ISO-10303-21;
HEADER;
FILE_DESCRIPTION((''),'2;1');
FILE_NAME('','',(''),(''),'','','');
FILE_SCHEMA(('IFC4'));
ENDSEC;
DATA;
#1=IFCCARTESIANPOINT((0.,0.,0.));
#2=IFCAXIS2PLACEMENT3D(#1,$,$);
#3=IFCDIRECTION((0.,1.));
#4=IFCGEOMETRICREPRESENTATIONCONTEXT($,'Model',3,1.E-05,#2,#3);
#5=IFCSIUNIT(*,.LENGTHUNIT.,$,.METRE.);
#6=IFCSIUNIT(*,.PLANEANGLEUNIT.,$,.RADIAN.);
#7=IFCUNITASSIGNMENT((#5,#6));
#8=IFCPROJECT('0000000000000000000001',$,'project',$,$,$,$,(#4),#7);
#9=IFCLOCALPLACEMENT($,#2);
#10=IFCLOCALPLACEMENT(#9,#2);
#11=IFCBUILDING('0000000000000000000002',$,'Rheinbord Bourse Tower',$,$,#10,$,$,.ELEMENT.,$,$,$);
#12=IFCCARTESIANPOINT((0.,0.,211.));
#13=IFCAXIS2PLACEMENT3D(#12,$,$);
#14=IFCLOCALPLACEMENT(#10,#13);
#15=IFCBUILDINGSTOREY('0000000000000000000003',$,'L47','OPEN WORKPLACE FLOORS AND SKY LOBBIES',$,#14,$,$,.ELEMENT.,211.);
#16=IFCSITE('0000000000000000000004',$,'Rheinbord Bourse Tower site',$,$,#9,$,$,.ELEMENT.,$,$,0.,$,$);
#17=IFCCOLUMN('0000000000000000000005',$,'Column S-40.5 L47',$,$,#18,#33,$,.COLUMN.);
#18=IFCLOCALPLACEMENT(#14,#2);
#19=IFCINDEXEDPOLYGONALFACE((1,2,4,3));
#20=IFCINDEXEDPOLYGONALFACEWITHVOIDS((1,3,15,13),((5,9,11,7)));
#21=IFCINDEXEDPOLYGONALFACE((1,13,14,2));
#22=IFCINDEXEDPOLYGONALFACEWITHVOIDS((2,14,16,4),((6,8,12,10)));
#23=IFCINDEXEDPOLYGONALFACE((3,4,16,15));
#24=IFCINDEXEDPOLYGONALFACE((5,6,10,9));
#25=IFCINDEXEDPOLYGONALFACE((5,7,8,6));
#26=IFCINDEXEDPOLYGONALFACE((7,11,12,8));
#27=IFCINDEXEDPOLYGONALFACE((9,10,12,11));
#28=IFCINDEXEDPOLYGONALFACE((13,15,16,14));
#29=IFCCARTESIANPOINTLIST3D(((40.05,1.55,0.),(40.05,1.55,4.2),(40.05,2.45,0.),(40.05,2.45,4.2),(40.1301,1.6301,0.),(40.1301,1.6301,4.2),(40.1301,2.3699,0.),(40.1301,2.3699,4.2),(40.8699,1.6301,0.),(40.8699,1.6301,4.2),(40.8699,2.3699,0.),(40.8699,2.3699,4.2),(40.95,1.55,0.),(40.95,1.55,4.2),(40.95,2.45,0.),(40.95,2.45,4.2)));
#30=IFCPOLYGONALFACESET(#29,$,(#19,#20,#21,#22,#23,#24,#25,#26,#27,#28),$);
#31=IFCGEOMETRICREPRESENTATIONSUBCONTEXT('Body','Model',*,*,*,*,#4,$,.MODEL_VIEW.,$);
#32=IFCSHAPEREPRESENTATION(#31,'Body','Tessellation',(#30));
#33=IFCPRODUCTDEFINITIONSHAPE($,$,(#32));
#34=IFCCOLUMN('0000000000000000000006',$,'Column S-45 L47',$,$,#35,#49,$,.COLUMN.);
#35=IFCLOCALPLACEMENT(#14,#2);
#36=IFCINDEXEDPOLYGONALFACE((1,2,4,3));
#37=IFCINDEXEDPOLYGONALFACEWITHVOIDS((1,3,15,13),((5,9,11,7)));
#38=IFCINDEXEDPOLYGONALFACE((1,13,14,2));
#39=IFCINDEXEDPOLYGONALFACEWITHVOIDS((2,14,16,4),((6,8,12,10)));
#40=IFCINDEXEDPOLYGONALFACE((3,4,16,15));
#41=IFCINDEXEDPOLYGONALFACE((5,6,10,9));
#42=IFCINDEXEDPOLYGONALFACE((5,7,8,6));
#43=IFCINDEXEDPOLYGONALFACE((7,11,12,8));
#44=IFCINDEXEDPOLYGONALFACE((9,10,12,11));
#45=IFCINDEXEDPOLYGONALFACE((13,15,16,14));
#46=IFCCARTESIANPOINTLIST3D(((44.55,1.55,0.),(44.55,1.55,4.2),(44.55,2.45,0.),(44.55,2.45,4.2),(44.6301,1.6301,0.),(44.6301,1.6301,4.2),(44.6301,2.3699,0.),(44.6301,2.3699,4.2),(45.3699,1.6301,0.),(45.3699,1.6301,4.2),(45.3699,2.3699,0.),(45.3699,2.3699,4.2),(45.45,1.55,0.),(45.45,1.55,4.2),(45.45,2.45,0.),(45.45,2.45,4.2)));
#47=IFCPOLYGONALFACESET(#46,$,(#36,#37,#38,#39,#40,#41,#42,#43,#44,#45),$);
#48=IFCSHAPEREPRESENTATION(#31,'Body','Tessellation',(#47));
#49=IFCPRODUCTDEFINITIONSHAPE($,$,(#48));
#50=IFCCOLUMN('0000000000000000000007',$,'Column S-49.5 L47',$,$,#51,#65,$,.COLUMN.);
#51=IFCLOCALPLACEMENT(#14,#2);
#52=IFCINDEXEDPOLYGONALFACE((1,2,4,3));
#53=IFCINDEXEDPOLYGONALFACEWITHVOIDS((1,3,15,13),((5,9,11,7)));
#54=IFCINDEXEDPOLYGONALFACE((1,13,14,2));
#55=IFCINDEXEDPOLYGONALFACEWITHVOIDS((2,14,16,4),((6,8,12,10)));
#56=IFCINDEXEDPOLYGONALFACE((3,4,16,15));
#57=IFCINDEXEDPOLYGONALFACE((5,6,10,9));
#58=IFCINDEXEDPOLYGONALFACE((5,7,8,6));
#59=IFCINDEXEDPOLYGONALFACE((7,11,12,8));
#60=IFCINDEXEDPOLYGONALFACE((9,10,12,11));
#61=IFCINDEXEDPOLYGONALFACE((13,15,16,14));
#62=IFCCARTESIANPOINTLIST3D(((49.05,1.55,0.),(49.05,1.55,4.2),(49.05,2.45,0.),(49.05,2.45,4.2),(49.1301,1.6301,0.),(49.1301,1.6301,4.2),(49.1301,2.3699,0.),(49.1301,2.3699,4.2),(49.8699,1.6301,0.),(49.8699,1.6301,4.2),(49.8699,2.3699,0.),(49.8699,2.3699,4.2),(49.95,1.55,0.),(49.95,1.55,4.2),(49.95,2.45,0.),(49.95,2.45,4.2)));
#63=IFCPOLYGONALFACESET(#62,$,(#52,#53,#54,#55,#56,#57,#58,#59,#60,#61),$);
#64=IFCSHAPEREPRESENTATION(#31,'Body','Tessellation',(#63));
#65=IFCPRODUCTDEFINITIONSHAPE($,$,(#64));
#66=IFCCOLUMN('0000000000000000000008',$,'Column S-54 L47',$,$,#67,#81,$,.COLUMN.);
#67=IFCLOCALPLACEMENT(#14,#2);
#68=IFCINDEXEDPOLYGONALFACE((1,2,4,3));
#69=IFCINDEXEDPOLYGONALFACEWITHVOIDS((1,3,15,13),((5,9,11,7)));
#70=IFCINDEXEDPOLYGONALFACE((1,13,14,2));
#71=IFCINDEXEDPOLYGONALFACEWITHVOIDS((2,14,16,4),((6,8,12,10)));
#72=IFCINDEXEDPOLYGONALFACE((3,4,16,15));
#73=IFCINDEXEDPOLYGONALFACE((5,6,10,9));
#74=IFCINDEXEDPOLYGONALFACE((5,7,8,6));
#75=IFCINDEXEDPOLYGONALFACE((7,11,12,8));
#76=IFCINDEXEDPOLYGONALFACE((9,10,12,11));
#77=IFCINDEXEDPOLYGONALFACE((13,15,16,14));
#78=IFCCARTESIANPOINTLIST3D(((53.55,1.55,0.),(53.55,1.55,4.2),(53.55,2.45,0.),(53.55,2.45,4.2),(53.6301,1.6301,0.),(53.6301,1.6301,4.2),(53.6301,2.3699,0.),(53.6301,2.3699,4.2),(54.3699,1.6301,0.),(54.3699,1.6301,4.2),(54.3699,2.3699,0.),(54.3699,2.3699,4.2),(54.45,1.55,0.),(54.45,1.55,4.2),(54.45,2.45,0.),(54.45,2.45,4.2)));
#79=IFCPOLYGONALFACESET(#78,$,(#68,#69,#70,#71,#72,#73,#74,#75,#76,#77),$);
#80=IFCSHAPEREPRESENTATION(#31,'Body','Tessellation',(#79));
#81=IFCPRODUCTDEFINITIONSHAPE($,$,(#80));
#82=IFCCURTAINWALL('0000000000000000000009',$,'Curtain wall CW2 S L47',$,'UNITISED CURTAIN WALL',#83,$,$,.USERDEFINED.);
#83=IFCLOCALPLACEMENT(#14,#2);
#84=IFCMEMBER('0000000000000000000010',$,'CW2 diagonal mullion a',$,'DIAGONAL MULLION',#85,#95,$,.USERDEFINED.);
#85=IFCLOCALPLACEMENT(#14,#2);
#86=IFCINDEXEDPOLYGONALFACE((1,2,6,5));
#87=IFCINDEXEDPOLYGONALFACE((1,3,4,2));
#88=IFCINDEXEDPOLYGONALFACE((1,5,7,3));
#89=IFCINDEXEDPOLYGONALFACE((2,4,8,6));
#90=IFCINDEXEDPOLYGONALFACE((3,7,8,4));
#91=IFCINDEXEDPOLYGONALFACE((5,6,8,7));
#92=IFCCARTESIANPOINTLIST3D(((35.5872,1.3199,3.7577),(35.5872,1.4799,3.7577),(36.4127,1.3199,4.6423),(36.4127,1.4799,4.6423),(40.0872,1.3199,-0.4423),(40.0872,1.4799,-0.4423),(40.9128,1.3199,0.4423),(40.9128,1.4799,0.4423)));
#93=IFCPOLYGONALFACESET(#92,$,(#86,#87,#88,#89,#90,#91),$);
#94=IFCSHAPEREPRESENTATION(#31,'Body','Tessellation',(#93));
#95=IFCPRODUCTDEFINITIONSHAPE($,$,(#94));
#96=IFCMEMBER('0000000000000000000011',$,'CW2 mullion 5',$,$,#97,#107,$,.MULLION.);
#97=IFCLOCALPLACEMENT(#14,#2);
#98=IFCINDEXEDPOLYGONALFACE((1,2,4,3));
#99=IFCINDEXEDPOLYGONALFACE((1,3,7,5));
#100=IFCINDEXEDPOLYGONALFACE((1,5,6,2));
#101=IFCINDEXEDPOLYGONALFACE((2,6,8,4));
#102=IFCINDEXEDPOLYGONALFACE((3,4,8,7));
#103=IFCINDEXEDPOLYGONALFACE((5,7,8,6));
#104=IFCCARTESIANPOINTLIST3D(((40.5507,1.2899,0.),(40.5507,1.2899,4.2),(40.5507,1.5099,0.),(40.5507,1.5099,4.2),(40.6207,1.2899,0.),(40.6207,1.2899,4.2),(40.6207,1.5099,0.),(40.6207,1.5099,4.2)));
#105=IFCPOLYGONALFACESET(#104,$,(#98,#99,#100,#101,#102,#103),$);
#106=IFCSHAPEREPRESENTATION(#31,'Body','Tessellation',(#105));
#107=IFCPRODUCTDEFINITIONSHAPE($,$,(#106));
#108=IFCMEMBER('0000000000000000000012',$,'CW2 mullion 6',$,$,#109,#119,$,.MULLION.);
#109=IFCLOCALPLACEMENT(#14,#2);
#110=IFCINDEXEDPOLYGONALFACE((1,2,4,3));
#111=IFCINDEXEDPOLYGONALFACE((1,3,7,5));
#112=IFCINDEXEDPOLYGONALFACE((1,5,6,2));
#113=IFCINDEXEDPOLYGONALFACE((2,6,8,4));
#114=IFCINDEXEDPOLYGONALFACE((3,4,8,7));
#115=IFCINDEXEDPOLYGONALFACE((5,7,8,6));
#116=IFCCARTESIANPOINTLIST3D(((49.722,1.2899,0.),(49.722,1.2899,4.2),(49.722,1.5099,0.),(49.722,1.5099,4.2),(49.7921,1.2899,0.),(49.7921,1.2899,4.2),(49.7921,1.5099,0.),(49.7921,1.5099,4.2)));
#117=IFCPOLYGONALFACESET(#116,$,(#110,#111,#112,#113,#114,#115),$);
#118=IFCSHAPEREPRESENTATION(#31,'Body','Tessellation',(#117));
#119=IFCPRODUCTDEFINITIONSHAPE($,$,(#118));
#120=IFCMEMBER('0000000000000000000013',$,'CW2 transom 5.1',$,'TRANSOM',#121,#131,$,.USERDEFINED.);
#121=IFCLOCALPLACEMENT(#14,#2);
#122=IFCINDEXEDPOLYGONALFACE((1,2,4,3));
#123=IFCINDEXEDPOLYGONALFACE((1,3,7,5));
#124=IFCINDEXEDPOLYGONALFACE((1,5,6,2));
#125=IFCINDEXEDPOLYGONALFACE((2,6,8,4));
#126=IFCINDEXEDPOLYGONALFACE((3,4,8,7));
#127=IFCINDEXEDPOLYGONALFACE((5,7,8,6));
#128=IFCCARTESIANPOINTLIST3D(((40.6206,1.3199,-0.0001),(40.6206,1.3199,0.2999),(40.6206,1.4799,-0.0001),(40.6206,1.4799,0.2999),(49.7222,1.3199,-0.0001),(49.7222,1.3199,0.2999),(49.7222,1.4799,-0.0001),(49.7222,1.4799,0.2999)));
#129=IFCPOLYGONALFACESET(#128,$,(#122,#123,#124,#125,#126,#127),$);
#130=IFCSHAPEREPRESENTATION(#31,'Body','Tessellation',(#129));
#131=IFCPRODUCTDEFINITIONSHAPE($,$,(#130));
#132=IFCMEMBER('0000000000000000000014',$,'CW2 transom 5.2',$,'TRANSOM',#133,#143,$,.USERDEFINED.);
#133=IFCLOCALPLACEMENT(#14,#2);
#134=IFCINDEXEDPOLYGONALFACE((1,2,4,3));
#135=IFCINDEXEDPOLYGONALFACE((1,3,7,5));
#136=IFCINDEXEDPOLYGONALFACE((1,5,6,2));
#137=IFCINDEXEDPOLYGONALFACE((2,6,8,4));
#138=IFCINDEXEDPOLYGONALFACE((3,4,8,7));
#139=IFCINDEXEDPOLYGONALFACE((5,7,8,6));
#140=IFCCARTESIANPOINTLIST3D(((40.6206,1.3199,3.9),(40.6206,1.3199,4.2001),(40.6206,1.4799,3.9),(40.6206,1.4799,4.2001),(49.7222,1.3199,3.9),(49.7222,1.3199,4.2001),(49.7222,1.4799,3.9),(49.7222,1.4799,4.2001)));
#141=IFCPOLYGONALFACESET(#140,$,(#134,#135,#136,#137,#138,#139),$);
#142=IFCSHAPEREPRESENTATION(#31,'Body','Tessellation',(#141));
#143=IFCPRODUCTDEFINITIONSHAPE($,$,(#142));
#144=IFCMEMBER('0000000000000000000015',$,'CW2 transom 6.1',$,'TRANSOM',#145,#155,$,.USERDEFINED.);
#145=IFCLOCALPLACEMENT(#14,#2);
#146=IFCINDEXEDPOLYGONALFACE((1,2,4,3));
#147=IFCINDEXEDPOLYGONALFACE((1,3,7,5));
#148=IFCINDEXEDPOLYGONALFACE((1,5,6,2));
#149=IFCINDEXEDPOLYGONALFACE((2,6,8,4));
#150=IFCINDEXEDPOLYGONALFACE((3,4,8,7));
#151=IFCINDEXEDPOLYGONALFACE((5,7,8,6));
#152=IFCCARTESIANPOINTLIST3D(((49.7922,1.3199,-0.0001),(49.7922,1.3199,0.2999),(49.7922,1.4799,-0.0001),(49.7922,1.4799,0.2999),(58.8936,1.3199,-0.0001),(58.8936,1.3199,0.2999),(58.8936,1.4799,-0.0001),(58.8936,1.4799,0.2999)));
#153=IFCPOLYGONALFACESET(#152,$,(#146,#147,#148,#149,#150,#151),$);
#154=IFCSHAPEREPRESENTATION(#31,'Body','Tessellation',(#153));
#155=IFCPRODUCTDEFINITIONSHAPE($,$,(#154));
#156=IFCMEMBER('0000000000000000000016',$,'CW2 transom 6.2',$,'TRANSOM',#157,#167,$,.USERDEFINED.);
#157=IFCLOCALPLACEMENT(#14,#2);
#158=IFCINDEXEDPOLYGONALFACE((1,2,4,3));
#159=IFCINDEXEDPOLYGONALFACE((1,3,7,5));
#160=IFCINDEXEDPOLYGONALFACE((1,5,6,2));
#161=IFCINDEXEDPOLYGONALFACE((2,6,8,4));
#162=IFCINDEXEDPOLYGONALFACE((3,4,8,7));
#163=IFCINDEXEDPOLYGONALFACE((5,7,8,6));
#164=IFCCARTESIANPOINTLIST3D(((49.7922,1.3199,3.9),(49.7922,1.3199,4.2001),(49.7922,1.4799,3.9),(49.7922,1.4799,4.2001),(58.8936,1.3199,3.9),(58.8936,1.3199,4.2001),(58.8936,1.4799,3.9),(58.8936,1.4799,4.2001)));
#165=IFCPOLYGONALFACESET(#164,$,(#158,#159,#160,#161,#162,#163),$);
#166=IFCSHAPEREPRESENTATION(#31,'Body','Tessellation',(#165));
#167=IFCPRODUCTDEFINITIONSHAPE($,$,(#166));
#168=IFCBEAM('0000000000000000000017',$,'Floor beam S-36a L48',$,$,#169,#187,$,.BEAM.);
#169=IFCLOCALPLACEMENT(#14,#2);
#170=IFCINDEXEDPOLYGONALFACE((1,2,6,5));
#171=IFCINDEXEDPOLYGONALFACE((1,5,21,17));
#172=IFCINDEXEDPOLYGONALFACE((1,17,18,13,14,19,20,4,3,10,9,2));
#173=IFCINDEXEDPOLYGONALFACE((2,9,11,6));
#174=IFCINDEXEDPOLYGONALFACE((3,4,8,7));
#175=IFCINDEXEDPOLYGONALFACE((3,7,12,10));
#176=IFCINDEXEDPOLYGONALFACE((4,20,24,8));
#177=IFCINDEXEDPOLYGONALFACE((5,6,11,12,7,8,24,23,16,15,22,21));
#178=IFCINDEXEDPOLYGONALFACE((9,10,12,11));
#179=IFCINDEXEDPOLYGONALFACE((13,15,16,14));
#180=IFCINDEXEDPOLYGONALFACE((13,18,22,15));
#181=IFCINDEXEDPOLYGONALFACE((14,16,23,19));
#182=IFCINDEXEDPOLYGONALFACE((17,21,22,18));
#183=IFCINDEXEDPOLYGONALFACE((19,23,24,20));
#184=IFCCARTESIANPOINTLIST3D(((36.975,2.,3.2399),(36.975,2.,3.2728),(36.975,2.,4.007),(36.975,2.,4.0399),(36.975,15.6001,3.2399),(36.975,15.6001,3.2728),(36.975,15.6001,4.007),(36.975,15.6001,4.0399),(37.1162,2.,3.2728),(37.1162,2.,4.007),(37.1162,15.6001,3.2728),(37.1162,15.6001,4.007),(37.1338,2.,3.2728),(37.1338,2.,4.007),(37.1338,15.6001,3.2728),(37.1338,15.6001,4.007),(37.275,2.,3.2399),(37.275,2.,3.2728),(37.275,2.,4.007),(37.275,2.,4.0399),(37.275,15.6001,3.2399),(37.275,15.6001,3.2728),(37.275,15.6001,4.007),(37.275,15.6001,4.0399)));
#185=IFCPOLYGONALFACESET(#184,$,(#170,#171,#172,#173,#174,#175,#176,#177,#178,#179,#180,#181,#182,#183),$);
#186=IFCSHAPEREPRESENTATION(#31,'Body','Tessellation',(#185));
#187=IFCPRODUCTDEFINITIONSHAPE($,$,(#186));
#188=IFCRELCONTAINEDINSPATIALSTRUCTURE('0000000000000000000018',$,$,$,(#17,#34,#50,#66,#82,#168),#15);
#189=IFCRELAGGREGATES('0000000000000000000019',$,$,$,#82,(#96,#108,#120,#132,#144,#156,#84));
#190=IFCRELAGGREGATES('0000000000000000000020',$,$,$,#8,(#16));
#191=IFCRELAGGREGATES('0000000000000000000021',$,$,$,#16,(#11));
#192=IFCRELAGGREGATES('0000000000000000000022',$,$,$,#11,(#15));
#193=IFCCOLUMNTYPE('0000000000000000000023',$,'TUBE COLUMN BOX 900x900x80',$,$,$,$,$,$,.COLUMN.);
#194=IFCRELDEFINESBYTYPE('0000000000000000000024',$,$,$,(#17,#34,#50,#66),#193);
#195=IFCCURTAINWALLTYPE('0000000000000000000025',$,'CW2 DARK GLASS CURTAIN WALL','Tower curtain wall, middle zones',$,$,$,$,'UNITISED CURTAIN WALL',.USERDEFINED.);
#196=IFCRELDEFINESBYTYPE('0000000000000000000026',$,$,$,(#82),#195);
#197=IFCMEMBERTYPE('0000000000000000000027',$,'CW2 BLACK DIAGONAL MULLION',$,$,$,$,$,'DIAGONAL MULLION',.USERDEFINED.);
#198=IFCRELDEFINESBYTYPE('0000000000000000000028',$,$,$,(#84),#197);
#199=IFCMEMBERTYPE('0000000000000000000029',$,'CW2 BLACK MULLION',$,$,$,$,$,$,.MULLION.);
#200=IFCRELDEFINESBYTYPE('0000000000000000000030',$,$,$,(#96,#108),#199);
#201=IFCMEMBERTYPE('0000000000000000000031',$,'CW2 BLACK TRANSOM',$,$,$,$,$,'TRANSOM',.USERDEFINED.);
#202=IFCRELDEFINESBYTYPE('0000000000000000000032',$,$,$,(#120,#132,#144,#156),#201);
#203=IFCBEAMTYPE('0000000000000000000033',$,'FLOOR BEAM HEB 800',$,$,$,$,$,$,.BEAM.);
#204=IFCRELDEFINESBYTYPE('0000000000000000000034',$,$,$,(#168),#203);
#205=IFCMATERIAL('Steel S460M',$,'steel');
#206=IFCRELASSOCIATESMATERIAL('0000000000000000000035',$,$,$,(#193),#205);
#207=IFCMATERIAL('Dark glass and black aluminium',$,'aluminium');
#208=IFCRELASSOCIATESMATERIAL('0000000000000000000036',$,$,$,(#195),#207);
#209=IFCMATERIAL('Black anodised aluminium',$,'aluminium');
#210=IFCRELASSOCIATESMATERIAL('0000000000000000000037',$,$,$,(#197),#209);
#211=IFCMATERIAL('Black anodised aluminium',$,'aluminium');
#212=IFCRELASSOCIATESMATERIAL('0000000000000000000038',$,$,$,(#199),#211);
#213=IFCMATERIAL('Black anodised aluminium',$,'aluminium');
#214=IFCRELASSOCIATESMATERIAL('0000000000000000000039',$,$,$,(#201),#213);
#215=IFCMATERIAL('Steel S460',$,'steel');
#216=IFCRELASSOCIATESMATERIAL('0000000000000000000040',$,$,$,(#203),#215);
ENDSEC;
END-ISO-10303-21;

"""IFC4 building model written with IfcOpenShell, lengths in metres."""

from ifc_helpers import new_model, si_unit, direction, frame, origin, origin_2d, place, context, subcontext, project, spatial, rectangle, hollow_rectangle, i_section, extrude, material, material_profile, profile_set, type_object, element, aggregate, save


model = new_model("IFC4")

# Units and contexts
model_context = context("Model", 3, precision=1e-05, world=origin(), true_north=direction((0.0, 1.0)))
body_context = subcontext(model_context, "Body", "Model", "MODEL_VIEW")
ifc_project = project(units=[si_unit("LENGTHUNIT", "METRE"), si_unit("PLANEANGLEUNIT", "RADIAN")], contexts=[model_context])

# Site, building, storey
site_placement = place(None, origin())
site = spatial("IfcSite", under=ifc_project, at=site_placement, Name="Rheinbord Bourse Tower site", CompositionType="ELEMENT", RefElevation=0.0)
building_placement = place(site_placement, origin())
building = spatial("IfcBuilding", under=site, at=building_placement, Name="Rheinbord Bourse Tower", CompositionType="ELEMENT")
storey_placement = place(building_placement, frame((0.0, 0.0, 211.0)))
storey = spatial("IfcBuildingStorey", under=building, at=storey_placement, Name="L47", Description="OPEN WORKPLACE FLOORS AND SKY LOBBIES", CompositionType="ELEMENT", Elevation=211.0)

# Columns
ifc_material_1 = material(Name="Steel S460M", Category="steel")
ifc_material_profile_1 = material_profile(ifc_material_1, hollow_rectangle(XDim=0.8999, YDim=0.8999, WallThickness=0.0801, at=origin_2d()), Name="BOX 900x900x80")
ifc_profile_set_1 = profile_set([ifc_material_profile_1], Name="Steel S460M")
column_type = type_object("IfcColumnType", Name="TUBE COLUMN BOX 900x900x80", PredefinedType="COLUMN", material=ifc_profile_set_1)
for number, where, z_axis, x_axis, name in (
    (1, (40.5, 2.0, 0.0), (0.0, 0.0, 1.0), (0.0, 1.0, 0.0), "Column S-40.5 L47"),
    (2, (45.0, 2.0, 0.0), (0.0, 0.0, 1.0), (0.0, 1.0, 0.0), "Column S-45 L47"),
    (3, (49.5, 2.0, 0.0), (0.0, 0.0, 1.0), (0.0, 1.0, 0.0), "Column S-49.5 L47"),
    (4, (54.0, 2.0, 0.0), (0.0, 0.0, 1.0), (0.0, 1.0, 0.0), "Column S-54 L47"),
):
    element("IfcColumn", number, at=place(storey_placement, frame(where, z_axis=z_axis, x_axis=x_axis)), inside=storey, type_object=column_type, Name=name, PredefinedType="COLUMN", context=body_context, shape_type="SweptSolid", body=[
        extrude(hollow_rectangle(XDim=0.8999, YDim=0.8999, WallThickness=0.0801, at=origin_2d()), origin(), (0.0, 0.0, 1.0), 4.2),
    ])

# Curtain wall, members
ifc_material_2 = material(Name="Dark glass and black aluminium", Category="aluminium")
curtain_wall_type = type_object("IfcCurtainWallType", Name="CW2 DARK GLASS CURTAIN WALL", Description="Tower curtain wall, middle zones", ElementType="UNITISED CURTAIN WALL", PredefinedType="USERDEFINED", material=ifc_material_2)
curtain_wall_placement = place(storey_placement, origin())
curtain_wall = element("IfcCurtainWall", 5, at=curtain_wall_placement, inside=storey, type_object=curtain_wall_type, Name="Curtain wall CW2 S L47", ObjectType="UNITISED CURTAIN WALL", PredefinedType="USERDEFINED")
ifc_material_3 = material(Name="Black anodised aluminium", Category="aluminium")
ifc_material_profile_2 = material_profile(ifc_material_3, rectangle(XDim=0.1599, YDim=1.21, at=origin_2d()), Name="CW2 DIAGONAL MULLION 1210x160")
ifc_profile_set_2 = profile_set([ifc_material_profile_2], Name="Black anodised aluminium")
member_type_1 = type_object("IfcMemberType", Name="CW2 BLACK DIAGONAL MULLION", ElementType="DIAGONAL MULLION", PredefinedType="USERDEFINED", material=ifc_profile_set_2)
member_1_placement = place(storey_placement, frame((40.5, 1.3999, 0.0), z_axis=(-0.731059, 0.0, 0.682314), x_axis=(0.0, -1.0, 0.0)))
member_1 = element("IfcMember", 6, at=member_1_placement, type_object=member_type_1, Name="CW2 diagonal mullion a", ObjectType="DIAGONAL MULLION", PredefinedType="USERDEFINED", context=body_context, shape_type="SweptSolid", body=[
    extrude(rectangle(XDim=0.1599, YDim=1.21, at=origin_2d()), origin(), (0.0, 0.0, 1.0), 6.1555),
])
ifc_material_4 = material(Name="Black anodised aluminium", Category="aluminium")
ifc_material_profile_3 = material_profile(ifc_material_4, rectangle(XDim=0.22, YDim=0.0701, at=origin_2d()), Name="CW2 MULLION 70x220")
ifc_profile_set_3 = profile_set([ifc_material_profile_3], Name="Black anodised aluminium")
member_type_2 = type_object("IfcMemberType", Name="CW2 BLACK MULLION", PredefinedType="MULLION", material=ifc_profile_set_3)
member_2_placement = place(storey_placement, frame((40.5857, 1.3999, 0.0), z_axis=(0.0, 0.0, 1.0), x_axis=(0.0, 1.0, 0.0)))
member_2 = element("IfcMember", 7, at=member_2_placement, type_object=member_type_2, Name="CW2 mullion 5", PredefinedType="MULLION", context=body_context, shape_type="SweptSolid", body=[
    extrude(rectangle(XDim=0.22, YDim=0.0701, at=origin_2d()), origin(), (0.0, 0.0, 1.0), 4.2),
])
member_3_placement = place(storey_placement, frame((49.7571, 1.3999, 0.0), z_axis=(0.0, 0.0, 1.0), x_axis=(0.0, 1.0, 0.0)))
member_3 = element("IfcMember", 8, at=member_3_placement, type_object=member_type_2, Name="CW2 mullion 6", PredefinedType="MULLION", context=body_context, shape_type="SweptSolid", body=[
    extrude(rectangle(XDim=0.22, YDim=0.0701, at=origin_2d()), origin(), (0.0, 0.0, 1.0), 4.2),
])
ifc_material_5 = material(Name="Black anodised aluminium", Category="aluminium")
ifc_material_profile_4 = material_profile(ifc_material_5, rectangle(XDim=0.1599, YDim=0.3, at=origin_2d()), Name="CW2 TRANSOM 300x160")
ifc_profile_set_4 = profile_set([ifc_material_profile_4], Name="Black anodised aluminium")
member_type_3 = type_object("IfcMemberType", Name="CW2 BLACK TRANSOM", ElementType="TRANSOM", PredefinedType="USERDEFINED", material=ifc_profile_set_4)
member_4_placement = place(storey_placement, frame((40.6206, 1.3999, 0.1499), z_axis=(1.0, 0.0, 0.0), x_axis=(0.0, 1.0, 0.0)))
member_4 = element("IfcMember", 9, at=member_4_placement, type_object=member_type_3, Name="CW2 transom 5.1", ObjectType="TRANSOM", PredefinedType="USERDEFINED", context=body_context, shape_type="SweptSolid", body=[
    extrude(rectangle(XDim=0.1599, YDim=0.3, at=origin_2d()), origin(), (0.0, 0.0, 1.0), 9.1016),
])
member_5_placement = place(storey_placement, frame((40.6206, 1.3999, 4.05), z_axis=(1.0, 0.0, 0.0), x_axis=(0.0, 1.0, 0.0)))
member_5 = element("IfcMember", 10, at=member_5_placement, type_object=member_type_3, Name="CW2 transom 5.2", ObjectType="TRANSOM", PredefinedType="USERDEFINED", context=body_context, shape_type="SweptSolid", body=[
    extrude(rectangle(XDim=0.1599, YDim=0.3, at=origin_2d()), origin(), (0.0, 0.0, 1.0), 9.1016),
])
member_6_placement = place(storey_placement, frame((49.7922, 1.3999, 0.1499), z_axis=(1.0, 0.0, 0.0), x_axis=(0.0, 1.0, 0.0)))
member_6 = element("IfcMember", 11, at=member_6_placement, type_object=member_type_3, Name="CW2 transom 6.1", ObjectType="TRANSOM", PredefinedType="USERDEFINED", context=body_context, shape_type="SweptSolid", body=[
    extrude(rectangle(XDim=0.1599, YDim=0.3, at=origin_2d()), origin(), (0.0, 0.0, 1.0), 9.1013),
])
member_7_placement = place(storey_placement, frame((49.7922, 1.3999, 4.05), z_axis=(1.0, 0.0, 0.0), x_axis=(0.0, 1.0, 0.0)))
member_7 = element("IfcMember", 12, at=member_7_placement, type_object=member_type_3, Name="CW2 transom 6.2", ObjectType="TRANSOM", PredefinedType="USERDEFINED", context=body_context, shape_type="SweptSolid", body=[
    extrude(rectangle(XDim=0.1599, YDim=0.3, at=origin_2d()), origin(), (0.0, 0.0, 1.0), 9.1013),
])

# Beam
ifc_material_6 = material(Name="Steel S460", Category="steel")
ifc_material_profile_5 = material_profile(ifc_material_6, i_section(OverallWidth=0.3, OverallDepth=0.8, WebThickness=0.0176, FlangeThickness=0.033, at=origin_2d()), Name="HEB 800")
ifc_profile_set_5 = profile_set([ifc_material_profile_5], Name="Steel S460")
beam_type_1 = type_object("IfcBeamType", Name="FLOOR BEAM HEB 800", PredefinedType="BEAM", material=ifc_profile_set_5)
for number, where, z_axis, x_axis, name in (
    (13, (37.125, 2.0, 3.6399), (0.0, 1.0, 0.0), (-1.0, 0.0, 0.0), "Floor beam S-36a L48"),
):
    element("IfcBeam", number, at=place(storey_placement, frame(where, z_axis=z_axis, x_axis=x_axis)), inside=storey, type_object=beam_type_1, Name=name, PredefinedType="BEAM", context=body_context, shape_type="SweptSolid", body=[
        extrude(i_section(OverallWidth=0.3, OverallDepth=0.8, WebThickness=0.0176, FlangeThickness=0.033, at=origin_2d()), origin(), (0.0, 0.0, 1.0), 13.6001),
    ])

aggregate(curtain_wall, [member_2, member_3, member_4, member_5, member_6, member_7, member_1])

save(model, "model.ifc")
